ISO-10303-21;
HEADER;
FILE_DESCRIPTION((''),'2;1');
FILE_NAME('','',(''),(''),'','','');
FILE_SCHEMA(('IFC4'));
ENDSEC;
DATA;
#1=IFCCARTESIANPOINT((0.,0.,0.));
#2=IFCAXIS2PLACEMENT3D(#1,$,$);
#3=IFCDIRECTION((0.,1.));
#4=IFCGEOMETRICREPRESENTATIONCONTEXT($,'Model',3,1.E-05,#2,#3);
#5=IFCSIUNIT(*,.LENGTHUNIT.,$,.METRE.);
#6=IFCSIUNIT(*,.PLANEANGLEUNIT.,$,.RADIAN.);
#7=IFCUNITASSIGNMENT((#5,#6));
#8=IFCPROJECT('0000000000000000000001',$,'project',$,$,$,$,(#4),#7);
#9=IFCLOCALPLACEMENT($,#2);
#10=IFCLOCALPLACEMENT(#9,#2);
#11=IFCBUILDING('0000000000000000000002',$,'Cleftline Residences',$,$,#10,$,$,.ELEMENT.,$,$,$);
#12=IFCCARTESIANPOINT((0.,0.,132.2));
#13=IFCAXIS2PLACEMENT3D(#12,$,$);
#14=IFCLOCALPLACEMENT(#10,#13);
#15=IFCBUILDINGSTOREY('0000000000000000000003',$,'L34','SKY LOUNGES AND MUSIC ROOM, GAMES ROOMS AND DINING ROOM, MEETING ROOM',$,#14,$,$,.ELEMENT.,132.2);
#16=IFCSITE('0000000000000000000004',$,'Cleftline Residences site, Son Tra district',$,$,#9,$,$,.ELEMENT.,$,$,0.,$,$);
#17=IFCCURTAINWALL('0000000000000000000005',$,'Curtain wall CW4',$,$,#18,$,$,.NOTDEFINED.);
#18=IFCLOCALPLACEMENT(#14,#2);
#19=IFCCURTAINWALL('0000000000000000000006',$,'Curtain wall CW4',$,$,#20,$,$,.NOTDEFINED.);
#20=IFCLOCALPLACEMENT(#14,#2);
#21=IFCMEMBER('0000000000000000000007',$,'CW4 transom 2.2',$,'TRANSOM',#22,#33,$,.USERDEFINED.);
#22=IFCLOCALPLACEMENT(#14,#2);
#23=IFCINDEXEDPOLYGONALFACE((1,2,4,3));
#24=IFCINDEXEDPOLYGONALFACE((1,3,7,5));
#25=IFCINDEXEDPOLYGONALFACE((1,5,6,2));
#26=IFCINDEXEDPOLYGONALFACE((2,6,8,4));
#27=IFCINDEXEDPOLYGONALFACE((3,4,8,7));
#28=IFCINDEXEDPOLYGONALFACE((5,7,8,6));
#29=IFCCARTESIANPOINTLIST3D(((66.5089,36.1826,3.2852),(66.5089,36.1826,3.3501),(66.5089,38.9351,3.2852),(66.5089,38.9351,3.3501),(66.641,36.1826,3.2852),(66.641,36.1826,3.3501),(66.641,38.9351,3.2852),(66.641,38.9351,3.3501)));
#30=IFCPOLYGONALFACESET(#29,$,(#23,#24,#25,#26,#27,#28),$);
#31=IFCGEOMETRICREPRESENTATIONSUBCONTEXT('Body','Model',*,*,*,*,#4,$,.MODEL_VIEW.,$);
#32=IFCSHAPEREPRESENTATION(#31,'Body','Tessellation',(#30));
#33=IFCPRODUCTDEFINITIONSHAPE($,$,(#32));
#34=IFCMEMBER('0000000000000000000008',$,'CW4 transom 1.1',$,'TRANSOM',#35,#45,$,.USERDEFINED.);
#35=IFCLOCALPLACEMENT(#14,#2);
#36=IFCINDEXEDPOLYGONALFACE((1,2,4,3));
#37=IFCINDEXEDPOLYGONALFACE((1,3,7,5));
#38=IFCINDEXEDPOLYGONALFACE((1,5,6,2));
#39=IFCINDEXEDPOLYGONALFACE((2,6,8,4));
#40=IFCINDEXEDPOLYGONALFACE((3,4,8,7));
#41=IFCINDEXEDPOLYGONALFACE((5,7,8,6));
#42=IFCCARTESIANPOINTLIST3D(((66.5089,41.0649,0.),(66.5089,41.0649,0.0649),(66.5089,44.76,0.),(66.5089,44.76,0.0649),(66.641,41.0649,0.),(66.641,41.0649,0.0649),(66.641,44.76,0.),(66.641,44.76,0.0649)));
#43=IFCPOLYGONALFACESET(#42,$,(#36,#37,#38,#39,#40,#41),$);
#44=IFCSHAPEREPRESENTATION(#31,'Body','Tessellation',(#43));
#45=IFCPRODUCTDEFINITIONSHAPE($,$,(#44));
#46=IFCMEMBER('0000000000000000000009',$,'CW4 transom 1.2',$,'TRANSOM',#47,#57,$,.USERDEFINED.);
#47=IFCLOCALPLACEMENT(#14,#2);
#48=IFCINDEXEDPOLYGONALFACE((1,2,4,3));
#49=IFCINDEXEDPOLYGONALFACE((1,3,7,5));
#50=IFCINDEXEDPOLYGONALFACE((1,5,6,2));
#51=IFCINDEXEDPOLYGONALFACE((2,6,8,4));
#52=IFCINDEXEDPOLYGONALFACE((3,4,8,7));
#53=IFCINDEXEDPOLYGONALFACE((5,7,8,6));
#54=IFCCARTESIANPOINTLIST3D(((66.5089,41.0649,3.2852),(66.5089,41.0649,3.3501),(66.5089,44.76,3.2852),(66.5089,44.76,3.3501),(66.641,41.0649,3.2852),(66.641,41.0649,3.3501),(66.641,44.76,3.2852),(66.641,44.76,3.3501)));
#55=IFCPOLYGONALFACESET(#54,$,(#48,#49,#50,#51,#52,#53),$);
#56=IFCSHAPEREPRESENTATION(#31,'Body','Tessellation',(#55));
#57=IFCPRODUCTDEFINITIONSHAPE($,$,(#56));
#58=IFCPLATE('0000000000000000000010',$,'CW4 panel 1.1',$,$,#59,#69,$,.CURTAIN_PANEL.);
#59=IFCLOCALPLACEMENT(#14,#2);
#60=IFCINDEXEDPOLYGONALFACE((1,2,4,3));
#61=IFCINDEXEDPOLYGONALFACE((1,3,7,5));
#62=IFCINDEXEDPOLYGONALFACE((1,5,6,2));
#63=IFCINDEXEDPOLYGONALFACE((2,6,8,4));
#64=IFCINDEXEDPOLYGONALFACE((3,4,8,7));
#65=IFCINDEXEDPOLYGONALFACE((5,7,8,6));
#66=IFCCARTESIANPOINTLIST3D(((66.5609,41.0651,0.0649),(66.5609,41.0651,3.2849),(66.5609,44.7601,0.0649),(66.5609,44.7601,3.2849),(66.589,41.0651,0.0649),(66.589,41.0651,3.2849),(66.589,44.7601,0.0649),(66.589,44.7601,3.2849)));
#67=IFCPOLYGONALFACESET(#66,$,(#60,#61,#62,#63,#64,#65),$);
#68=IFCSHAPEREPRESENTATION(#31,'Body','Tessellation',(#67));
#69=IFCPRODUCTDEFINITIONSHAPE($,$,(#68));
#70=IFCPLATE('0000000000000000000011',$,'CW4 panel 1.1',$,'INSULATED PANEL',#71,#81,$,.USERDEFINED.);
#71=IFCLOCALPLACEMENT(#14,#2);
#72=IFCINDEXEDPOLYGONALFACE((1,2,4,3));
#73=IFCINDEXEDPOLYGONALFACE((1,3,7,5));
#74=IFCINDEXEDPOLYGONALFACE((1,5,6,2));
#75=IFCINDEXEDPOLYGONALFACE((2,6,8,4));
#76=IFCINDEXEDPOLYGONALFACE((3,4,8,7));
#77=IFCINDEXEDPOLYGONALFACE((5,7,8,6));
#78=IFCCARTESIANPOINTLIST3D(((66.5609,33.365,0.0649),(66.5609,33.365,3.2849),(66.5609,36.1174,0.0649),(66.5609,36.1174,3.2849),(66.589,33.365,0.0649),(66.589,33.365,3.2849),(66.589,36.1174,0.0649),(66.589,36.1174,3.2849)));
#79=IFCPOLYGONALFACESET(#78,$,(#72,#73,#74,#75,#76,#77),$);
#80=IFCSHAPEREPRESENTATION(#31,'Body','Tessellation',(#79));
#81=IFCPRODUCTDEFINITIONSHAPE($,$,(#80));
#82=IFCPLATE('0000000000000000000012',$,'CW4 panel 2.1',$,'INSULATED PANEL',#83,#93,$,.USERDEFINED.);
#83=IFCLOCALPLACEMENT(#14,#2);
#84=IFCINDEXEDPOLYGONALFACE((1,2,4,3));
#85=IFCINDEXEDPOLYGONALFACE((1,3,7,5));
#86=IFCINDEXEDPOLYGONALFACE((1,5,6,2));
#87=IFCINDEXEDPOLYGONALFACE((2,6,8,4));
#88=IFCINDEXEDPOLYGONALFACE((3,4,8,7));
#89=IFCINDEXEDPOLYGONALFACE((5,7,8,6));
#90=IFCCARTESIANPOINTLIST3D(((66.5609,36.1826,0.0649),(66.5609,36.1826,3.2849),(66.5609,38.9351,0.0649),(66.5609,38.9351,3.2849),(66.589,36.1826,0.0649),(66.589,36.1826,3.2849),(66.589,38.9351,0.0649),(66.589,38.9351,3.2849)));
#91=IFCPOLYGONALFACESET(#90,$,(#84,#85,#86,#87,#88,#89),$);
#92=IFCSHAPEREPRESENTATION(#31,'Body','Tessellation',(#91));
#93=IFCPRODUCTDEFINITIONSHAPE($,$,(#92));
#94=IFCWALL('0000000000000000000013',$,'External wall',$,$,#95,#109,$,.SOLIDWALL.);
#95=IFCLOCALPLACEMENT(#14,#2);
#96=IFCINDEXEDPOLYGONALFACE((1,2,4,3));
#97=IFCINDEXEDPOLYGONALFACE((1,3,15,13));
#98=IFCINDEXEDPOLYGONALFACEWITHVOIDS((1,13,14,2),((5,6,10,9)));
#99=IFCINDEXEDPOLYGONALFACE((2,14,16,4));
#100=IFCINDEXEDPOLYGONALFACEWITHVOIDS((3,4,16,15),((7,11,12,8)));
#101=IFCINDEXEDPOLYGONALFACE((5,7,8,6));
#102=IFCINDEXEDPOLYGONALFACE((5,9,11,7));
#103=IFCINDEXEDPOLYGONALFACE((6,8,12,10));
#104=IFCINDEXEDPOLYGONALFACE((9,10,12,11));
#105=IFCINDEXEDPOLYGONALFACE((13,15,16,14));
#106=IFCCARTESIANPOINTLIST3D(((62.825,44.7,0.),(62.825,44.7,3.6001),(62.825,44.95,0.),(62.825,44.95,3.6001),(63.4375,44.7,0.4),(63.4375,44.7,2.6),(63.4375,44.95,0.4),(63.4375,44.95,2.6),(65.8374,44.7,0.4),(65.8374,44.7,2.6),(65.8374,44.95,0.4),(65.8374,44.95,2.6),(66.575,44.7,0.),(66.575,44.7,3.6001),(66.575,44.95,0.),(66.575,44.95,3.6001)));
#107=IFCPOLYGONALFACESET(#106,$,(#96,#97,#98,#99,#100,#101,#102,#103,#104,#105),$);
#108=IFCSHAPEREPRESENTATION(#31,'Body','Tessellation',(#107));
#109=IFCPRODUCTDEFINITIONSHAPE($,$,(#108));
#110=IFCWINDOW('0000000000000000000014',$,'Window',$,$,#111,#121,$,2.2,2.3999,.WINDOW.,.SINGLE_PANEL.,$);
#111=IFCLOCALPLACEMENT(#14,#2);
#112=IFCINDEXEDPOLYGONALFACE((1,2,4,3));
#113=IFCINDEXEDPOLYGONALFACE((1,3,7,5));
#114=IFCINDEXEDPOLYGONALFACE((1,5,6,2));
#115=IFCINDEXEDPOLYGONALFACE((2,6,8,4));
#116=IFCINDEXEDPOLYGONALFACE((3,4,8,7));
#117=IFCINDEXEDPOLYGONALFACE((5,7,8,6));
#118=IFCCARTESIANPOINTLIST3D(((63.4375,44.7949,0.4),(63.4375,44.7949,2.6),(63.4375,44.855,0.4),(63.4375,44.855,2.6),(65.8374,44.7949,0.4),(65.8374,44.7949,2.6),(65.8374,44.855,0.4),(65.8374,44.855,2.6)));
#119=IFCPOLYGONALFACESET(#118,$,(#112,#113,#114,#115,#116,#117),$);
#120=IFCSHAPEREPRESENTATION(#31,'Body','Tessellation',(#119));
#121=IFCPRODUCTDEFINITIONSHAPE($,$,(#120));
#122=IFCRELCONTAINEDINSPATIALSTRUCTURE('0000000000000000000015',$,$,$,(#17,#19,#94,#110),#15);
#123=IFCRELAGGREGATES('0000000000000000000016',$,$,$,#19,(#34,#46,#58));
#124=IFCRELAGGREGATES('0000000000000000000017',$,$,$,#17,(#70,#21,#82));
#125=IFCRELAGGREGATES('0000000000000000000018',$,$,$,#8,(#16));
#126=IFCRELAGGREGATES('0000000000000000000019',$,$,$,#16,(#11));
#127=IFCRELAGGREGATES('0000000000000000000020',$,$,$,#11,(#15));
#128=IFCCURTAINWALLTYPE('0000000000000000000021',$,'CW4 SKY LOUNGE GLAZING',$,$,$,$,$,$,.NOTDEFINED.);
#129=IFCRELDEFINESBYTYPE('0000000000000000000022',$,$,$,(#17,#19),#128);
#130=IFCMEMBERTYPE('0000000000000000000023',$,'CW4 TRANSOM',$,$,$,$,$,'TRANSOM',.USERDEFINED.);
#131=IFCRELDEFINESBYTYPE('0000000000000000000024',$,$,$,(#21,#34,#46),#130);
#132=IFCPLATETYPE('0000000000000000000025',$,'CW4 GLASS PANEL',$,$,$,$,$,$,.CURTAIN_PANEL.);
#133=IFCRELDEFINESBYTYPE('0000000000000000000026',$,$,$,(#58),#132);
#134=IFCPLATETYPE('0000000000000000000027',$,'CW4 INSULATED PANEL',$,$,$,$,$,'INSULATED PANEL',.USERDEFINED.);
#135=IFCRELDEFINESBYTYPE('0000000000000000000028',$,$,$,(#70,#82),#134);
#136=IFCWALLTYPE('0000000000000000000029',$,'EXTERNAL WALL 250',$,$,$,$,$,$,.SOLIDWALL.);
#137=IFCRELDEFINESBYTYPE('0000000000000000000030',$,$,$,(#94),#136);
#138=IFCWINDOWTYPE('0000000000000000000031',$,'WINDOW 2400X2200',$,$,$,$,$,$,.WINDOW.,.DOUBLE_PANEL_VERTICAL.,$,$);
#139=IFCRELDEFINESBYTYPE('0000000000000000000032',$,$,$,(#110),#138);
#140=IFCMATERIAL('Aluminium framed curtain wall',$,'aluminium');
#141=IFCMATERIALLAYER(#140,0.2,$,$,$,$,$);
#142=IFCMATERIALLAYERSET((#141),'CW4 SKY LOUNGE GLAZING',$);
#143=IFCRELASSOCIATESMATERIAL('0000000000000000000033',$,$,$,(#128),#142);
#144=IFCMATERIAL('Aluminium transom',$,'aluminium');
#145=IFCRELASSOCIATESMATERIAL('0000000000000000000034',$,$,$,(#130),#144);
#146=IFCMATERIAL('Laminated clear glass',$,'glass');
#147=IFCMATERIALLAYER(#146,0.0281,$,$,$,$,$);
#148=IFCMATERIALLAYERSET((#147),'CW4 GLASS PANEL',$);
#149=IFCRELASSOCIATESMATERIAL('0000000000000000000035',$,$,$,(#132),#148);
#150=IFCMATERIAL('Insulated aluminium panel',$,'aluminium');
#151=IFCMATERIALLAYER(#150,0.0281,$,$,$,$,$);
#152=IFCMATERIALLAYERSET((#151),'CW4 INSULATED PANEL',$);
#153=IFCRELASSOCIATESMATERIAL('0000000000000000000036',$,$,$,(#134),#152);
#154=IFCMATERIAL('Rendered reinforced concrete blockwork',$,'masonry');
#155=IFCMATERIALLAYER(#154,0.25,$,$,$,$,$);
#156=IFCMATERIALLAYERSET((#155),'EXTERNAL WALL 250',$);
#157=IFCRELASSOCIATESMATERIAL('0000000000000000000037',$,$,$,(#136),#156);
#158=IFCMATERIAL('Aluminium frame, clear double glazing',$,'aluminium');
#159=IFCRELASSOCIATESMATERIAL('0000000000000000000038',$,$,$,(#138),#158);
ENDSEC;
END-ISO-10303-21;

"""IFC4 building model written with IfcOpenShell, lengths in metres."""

from ifc_helpers import new_model, si_unit, direction, frame, frame_2d, origin, origin_2d, place, context, subcontext, project, spatial, rectangle, extrude, material, layer, layer_set, material_profile, profile_set, type_object, element, fill, aggregate, save


model = new_model("IFC4")

# Units and contexts
model_context = context("Model", 3, precision=1e-05, world=origin(), true_north=direction((0.0, 1.0)))
body_context = subcontext(model_context, "Body", "Model", "MODEL_VIEW")
ifc_project = project(units=[si_unit("LENGTHUNIT", "METRE"), si_unit("PLANEANGLEUNIT", "RADIAN")], contexts=[model_context])

# Site, building, storey
site_placement = place(None, origin())
site = spatial("IfcSite", under=ifc_project, at=site_placement, Name="Cleftline Residences site, Son Tra district", CompositionType="ELEMENT", RefElevation=0.0)
building_placement = place(site_placement, origin())
building = spatial("IfcBuilding", under=site, at=building_placement, Name="Cleftline Residences", CompositionType="ELEMENT")
storey_placement = place(building_placement, frame((0.0, 0.0, 132.2)))
storey = spatial("IfcBuildingStorey", under=building, at=storey_placement, Name="L34", Description="SKY LOUNGES AND MUSIC ROOM, GAMES ROOMS AND DINING ROOM, MEETING ROOM", CompositionType="ELEMENT", Elevation=132.2)

# Curtain walls
ifc_material_1 = material(Name="Aluminium framed curtain wall", Category="aluminium")
ifc_layer_1 = layer(ifc_material_1, 0.2)
ifc_layer_set_1 = layer_set([ifc_layer_1], Name="CW4 SKY LOUNGE GLAZING")
curtain_wall_type = type_object("IfcCurtainWallType", Name="CW4 SKY LOUNGE GLAZING", PredefinedType="NOTDEFINED", material=ifc_layer_set_1)
curtain_wall_1_placement = place(storey_placement, origin())
curtain_wall_1 = element("IfcCurtainWall", 1, at=curtain_wall_1_placement, inside=storey, type_object=curtain_wall_type, Name="Curtain wall CW4", PredefinedType="NOTDEFINED")
curtain_wall_2_placement = place(storey_placement, origin())
curtain_wall_2 = element("IfcCurtainWall", 2, at=curtain_wall_2_placement, inside=storey, type_object=curtain_wall_type, Name="Curtain wall CW4", PredefinedType="NOTDEFINED")

# Members
ifc_material_2 = material(Name="Aluminium transom", Category="aluminium")
ifc_material_profile_1 = material_profile(ifc_material_2, rectangle(XDim=0.1321, YDim=0.0649, at=origin_2d()))
ifc_profile_set_1 = profile_set([ifc_material_profile_1], Name="Aluminium transom")
member_type_1 = type_object("IfcMemberType", Name="CW4 TRANSOM", ElementType="TRANSOM", PredefinedType="USERDEFINED", material=ifc_profile_set_1)
member_1_placement = place(storey_placement, frame((66.575, 36.1826, 3.3176), z_axis=(0.0, 1.0, 0.0), x_axis=(-1.0, 0.0, 0.0)))
member_1 = element("IfcMember", 3, at=member_1_placement, type_object=member_type_1, Name="CW4 transom 2.2", ObjectType="TRANSOM", PredefinedType="USERDEFINED", context=body_context, shape_type="SweptSolid", body=[
    extrude(rectangle(XDim=0.1321, YDim=0.0649, at=origin_2d()), origin(), (0.0, 0.0, 1.0), 2.7524),
])
member_2_placement = place(storey_placement, frame((66.575, 41.0649, 0.0325), z_axis=(0.0, 1.0, 0.0), x_axis=(-1.0, 0.0, 0.0)))
member_2 = element("IfcMember", 4, at=member_2_placement, type_object=member_type_1, Name="CW4 transom 1.1", ObjectType="TRANSOM", PredefinedType="USERDEFINED", context=body_context, shape_type="SweptSolid", body=[
    extrude(rectangle(XDim=0.1321, YDim=0.0649, at=origin_2d()), origin(), (0.0, 0.0, 1.0), 3.6951),
])
member_3_placement = place(storey_placement, frame((66.575, 41.0649, 3.3176), z_axis=(0.0, 1.0, 0.0), x_axis=(-1.0, 0.0, 0.0)))
member_3 = element("IfcMember", 5, at=member_3_placement, type_object=member_type_1, Name="CW4 transom 1.2", ObjectType="TRANSOM", PredefinedType="USERDEFINED", context=body_context, shape_type="SweptSolid", body=[
    extrude(rectangle(XDim=0.1321, YDim=0.0649, at=origin_2d()), origin(), (0.0, 0.0, 1.0), 3.6951),
])

# Plates
ifc_material_3 = material(Name="Laminated clear glass", Category="glass")
ifc_layer_2 = layer(ifc_material_3, 0.0281)
ifc_layer_set_2 = layer_set([ifc_layer_2], Name="CW4 GLASS PANEL")
plate_type_1 = type_object("IfcPlateType", Name="CW4 GLASS PANEL", PredefinedType="CURTAIN_PANEL", material=ifc_layer_set_2)
plate_1_placement = place(storey_placement, frame((66.575, 42.9126, 0.0649), z_axis=(0.0, 0.0, 1.0), x_axis=(0.0, 1.0, 0.0)))
plate_1 = element("IfcPlate", 6, at=plate_1_placement, type_object=plate_type_1, Name="CW4 panel 1.1", PredefinedType="CURTAIN_PANEL", context=body_context, shape_type="SweptSolid", body=[
    extrude(rectangle(XDim=3.6951, YDim=0.0281, at=origin_2d()), origin(), (0.0, 0.0, 1.0), 3.22),
])
aggregate(curtain_wall_2, [member_2, member_3, plate_1])
ifc_material_4 = material(Name="Insulated aluminium panel", Category="aluminium")
ifc_layer_3 = layer(ifc_material_4, 0.0281)
ifc_layer_set_3 = layer_set([ifc_layer_3], Name="CW4 INSULATED PANEL")
plate_type_2 = type_object("IfcPlateType", Name="CW4 INSULATED PANEL", ElementType="INSULATED PANEL", PredefinedType="USERDEFINED", material=ifc_layer_set_3)
plate_2_placement = place(storey_placement, frame((66.575, 34.7412, 0.0649), z_axis=(0.0, 0.0, 1.0), x_axis=(0.0, 1.0, 0.0)))
plate_2 = element("IfcPlate", 7, at=plate_2_placement, type_object=plate_type_2, Name="CW4 panel 1.1", ObjectType="INSULATED PANEL", PredefinedType="USERDEFINED", context=body_context, shape_type="SweptSolid", body=[
    extrude(rectangle(XDim=2.7524, YDim=0.0281, at=origin_2d()), origin(), (0.0, 0.0, 1.0), 3.22),
])
plate_3_placement = place(storey_placement, frame((66.575, 37.5588, 0.0649), z_axis=(0.0, 0.0, 1.0), x_axis=(0.0, 1.0, 0.0)))
plate_3 = element("IfcPlate", 8, at=plate_3_placement, type_object=plate_type_2, Name="CW4 panel 2.1", ObjectType="INSULATED PANEL", PredefinedType="USERDEFINED", context=body_context, shape_type="SweptSolid", body=[
    extrude(rectangle(XDim=2.7524, YDim=0.0281, at=origin_2d()), origin(), (0.0, 0.0, 1.0), 3.22),
])
aggregate(curtain_wall_1, [plate_2, member_1, plate_3])

# Wall, opening, window
ifc_material_5 = material(Name="Rendered reinforced concrete blockwork", Category="masonry")
ifc_layer_4 = layer(ifc_material_5, 0.25)
ifc_layer_set_4 = layer_set([ifc_layer_4], Name="EXTERNAL WALL 250")
wall_type = type_object("IfcWallType", Name="EXTERNAL WALL 250", PredefinedType="SOLIDWALL", material=ifc_layer_set_4)
wall_placement = place(storey_placement, frame((66.575, 44.825, 0.0), z_axis=(0.0, 0.0, 1.0), x_axis=(-1.0, 0.0, 0.0)))
wall = element("IfcWall", 9, at=wall_placement, inside=storey, type_object=wall_type, Name="External wall", PredefinedType="SOLIDWALL", context=body_context, shape_type="SweptSolid", body=[
    extrude(rectangle(XDim=3.75, YDim=0.25, at=frame_2d((1.875, 0.0))), origin(), (0.0, 0.0, 1.0), 3.6001),
])
opening_placement = place(wall_placement, frame((0.7375, 0.0, 0.3999)))
opening = element("IfcOpeningElement", 10, at=opening_placement, cuts=wall, PredefinedType="OPENING", context=body_context, shape_type="SweptSolid", body=[
    extrude(rectangle(XDim=2.3999, YDim=2.2, at=frame_2d((1.2, 1.1001))), frame((0.0, 0.135, 0.0), z_axis=(0.0, -1.0, 0.0), x_axis=(1.0, 0.0, 0.0)), (0.0, 0.0, 1.0), 0.27),
])
ifc_material_6 = material(Name="Aluminium frame, clear double glazing", Category="aluminium")
window_type = type_object("IfcWindowType", Name="WINDOW 2400X2200", PartitioningType="DOUBLE_PANEL_VERTICAL", PredefinedType="WINDOW", material=ifc_material_6)
window_placement = place(opening_placement, origin())
window = element("IfcWindow", 11, at=window_placement, inside=storey, type_object=window_type, Name="Window", OverallHeight=2.2, OverallWidth=2.3999, PartitioningType="SINGLE_PANEL", PredefinedType="WINDOW", context=body_context, shape_type="SweptSolid", body=[
    extrude(rectangle(XDim=2.3999, YDim=2.2, at=frame_2d((1.2, 1.1001))), frame((0.0, 0.03, 0.0), z_axis=(0.0, -1.0, 0.0), x_axis=(1.0, 0.0, 0.0)), (0.0, 0.0, 1.0), 0.0601),
])
fill(opening, window)

save(model, "model.ifc")
